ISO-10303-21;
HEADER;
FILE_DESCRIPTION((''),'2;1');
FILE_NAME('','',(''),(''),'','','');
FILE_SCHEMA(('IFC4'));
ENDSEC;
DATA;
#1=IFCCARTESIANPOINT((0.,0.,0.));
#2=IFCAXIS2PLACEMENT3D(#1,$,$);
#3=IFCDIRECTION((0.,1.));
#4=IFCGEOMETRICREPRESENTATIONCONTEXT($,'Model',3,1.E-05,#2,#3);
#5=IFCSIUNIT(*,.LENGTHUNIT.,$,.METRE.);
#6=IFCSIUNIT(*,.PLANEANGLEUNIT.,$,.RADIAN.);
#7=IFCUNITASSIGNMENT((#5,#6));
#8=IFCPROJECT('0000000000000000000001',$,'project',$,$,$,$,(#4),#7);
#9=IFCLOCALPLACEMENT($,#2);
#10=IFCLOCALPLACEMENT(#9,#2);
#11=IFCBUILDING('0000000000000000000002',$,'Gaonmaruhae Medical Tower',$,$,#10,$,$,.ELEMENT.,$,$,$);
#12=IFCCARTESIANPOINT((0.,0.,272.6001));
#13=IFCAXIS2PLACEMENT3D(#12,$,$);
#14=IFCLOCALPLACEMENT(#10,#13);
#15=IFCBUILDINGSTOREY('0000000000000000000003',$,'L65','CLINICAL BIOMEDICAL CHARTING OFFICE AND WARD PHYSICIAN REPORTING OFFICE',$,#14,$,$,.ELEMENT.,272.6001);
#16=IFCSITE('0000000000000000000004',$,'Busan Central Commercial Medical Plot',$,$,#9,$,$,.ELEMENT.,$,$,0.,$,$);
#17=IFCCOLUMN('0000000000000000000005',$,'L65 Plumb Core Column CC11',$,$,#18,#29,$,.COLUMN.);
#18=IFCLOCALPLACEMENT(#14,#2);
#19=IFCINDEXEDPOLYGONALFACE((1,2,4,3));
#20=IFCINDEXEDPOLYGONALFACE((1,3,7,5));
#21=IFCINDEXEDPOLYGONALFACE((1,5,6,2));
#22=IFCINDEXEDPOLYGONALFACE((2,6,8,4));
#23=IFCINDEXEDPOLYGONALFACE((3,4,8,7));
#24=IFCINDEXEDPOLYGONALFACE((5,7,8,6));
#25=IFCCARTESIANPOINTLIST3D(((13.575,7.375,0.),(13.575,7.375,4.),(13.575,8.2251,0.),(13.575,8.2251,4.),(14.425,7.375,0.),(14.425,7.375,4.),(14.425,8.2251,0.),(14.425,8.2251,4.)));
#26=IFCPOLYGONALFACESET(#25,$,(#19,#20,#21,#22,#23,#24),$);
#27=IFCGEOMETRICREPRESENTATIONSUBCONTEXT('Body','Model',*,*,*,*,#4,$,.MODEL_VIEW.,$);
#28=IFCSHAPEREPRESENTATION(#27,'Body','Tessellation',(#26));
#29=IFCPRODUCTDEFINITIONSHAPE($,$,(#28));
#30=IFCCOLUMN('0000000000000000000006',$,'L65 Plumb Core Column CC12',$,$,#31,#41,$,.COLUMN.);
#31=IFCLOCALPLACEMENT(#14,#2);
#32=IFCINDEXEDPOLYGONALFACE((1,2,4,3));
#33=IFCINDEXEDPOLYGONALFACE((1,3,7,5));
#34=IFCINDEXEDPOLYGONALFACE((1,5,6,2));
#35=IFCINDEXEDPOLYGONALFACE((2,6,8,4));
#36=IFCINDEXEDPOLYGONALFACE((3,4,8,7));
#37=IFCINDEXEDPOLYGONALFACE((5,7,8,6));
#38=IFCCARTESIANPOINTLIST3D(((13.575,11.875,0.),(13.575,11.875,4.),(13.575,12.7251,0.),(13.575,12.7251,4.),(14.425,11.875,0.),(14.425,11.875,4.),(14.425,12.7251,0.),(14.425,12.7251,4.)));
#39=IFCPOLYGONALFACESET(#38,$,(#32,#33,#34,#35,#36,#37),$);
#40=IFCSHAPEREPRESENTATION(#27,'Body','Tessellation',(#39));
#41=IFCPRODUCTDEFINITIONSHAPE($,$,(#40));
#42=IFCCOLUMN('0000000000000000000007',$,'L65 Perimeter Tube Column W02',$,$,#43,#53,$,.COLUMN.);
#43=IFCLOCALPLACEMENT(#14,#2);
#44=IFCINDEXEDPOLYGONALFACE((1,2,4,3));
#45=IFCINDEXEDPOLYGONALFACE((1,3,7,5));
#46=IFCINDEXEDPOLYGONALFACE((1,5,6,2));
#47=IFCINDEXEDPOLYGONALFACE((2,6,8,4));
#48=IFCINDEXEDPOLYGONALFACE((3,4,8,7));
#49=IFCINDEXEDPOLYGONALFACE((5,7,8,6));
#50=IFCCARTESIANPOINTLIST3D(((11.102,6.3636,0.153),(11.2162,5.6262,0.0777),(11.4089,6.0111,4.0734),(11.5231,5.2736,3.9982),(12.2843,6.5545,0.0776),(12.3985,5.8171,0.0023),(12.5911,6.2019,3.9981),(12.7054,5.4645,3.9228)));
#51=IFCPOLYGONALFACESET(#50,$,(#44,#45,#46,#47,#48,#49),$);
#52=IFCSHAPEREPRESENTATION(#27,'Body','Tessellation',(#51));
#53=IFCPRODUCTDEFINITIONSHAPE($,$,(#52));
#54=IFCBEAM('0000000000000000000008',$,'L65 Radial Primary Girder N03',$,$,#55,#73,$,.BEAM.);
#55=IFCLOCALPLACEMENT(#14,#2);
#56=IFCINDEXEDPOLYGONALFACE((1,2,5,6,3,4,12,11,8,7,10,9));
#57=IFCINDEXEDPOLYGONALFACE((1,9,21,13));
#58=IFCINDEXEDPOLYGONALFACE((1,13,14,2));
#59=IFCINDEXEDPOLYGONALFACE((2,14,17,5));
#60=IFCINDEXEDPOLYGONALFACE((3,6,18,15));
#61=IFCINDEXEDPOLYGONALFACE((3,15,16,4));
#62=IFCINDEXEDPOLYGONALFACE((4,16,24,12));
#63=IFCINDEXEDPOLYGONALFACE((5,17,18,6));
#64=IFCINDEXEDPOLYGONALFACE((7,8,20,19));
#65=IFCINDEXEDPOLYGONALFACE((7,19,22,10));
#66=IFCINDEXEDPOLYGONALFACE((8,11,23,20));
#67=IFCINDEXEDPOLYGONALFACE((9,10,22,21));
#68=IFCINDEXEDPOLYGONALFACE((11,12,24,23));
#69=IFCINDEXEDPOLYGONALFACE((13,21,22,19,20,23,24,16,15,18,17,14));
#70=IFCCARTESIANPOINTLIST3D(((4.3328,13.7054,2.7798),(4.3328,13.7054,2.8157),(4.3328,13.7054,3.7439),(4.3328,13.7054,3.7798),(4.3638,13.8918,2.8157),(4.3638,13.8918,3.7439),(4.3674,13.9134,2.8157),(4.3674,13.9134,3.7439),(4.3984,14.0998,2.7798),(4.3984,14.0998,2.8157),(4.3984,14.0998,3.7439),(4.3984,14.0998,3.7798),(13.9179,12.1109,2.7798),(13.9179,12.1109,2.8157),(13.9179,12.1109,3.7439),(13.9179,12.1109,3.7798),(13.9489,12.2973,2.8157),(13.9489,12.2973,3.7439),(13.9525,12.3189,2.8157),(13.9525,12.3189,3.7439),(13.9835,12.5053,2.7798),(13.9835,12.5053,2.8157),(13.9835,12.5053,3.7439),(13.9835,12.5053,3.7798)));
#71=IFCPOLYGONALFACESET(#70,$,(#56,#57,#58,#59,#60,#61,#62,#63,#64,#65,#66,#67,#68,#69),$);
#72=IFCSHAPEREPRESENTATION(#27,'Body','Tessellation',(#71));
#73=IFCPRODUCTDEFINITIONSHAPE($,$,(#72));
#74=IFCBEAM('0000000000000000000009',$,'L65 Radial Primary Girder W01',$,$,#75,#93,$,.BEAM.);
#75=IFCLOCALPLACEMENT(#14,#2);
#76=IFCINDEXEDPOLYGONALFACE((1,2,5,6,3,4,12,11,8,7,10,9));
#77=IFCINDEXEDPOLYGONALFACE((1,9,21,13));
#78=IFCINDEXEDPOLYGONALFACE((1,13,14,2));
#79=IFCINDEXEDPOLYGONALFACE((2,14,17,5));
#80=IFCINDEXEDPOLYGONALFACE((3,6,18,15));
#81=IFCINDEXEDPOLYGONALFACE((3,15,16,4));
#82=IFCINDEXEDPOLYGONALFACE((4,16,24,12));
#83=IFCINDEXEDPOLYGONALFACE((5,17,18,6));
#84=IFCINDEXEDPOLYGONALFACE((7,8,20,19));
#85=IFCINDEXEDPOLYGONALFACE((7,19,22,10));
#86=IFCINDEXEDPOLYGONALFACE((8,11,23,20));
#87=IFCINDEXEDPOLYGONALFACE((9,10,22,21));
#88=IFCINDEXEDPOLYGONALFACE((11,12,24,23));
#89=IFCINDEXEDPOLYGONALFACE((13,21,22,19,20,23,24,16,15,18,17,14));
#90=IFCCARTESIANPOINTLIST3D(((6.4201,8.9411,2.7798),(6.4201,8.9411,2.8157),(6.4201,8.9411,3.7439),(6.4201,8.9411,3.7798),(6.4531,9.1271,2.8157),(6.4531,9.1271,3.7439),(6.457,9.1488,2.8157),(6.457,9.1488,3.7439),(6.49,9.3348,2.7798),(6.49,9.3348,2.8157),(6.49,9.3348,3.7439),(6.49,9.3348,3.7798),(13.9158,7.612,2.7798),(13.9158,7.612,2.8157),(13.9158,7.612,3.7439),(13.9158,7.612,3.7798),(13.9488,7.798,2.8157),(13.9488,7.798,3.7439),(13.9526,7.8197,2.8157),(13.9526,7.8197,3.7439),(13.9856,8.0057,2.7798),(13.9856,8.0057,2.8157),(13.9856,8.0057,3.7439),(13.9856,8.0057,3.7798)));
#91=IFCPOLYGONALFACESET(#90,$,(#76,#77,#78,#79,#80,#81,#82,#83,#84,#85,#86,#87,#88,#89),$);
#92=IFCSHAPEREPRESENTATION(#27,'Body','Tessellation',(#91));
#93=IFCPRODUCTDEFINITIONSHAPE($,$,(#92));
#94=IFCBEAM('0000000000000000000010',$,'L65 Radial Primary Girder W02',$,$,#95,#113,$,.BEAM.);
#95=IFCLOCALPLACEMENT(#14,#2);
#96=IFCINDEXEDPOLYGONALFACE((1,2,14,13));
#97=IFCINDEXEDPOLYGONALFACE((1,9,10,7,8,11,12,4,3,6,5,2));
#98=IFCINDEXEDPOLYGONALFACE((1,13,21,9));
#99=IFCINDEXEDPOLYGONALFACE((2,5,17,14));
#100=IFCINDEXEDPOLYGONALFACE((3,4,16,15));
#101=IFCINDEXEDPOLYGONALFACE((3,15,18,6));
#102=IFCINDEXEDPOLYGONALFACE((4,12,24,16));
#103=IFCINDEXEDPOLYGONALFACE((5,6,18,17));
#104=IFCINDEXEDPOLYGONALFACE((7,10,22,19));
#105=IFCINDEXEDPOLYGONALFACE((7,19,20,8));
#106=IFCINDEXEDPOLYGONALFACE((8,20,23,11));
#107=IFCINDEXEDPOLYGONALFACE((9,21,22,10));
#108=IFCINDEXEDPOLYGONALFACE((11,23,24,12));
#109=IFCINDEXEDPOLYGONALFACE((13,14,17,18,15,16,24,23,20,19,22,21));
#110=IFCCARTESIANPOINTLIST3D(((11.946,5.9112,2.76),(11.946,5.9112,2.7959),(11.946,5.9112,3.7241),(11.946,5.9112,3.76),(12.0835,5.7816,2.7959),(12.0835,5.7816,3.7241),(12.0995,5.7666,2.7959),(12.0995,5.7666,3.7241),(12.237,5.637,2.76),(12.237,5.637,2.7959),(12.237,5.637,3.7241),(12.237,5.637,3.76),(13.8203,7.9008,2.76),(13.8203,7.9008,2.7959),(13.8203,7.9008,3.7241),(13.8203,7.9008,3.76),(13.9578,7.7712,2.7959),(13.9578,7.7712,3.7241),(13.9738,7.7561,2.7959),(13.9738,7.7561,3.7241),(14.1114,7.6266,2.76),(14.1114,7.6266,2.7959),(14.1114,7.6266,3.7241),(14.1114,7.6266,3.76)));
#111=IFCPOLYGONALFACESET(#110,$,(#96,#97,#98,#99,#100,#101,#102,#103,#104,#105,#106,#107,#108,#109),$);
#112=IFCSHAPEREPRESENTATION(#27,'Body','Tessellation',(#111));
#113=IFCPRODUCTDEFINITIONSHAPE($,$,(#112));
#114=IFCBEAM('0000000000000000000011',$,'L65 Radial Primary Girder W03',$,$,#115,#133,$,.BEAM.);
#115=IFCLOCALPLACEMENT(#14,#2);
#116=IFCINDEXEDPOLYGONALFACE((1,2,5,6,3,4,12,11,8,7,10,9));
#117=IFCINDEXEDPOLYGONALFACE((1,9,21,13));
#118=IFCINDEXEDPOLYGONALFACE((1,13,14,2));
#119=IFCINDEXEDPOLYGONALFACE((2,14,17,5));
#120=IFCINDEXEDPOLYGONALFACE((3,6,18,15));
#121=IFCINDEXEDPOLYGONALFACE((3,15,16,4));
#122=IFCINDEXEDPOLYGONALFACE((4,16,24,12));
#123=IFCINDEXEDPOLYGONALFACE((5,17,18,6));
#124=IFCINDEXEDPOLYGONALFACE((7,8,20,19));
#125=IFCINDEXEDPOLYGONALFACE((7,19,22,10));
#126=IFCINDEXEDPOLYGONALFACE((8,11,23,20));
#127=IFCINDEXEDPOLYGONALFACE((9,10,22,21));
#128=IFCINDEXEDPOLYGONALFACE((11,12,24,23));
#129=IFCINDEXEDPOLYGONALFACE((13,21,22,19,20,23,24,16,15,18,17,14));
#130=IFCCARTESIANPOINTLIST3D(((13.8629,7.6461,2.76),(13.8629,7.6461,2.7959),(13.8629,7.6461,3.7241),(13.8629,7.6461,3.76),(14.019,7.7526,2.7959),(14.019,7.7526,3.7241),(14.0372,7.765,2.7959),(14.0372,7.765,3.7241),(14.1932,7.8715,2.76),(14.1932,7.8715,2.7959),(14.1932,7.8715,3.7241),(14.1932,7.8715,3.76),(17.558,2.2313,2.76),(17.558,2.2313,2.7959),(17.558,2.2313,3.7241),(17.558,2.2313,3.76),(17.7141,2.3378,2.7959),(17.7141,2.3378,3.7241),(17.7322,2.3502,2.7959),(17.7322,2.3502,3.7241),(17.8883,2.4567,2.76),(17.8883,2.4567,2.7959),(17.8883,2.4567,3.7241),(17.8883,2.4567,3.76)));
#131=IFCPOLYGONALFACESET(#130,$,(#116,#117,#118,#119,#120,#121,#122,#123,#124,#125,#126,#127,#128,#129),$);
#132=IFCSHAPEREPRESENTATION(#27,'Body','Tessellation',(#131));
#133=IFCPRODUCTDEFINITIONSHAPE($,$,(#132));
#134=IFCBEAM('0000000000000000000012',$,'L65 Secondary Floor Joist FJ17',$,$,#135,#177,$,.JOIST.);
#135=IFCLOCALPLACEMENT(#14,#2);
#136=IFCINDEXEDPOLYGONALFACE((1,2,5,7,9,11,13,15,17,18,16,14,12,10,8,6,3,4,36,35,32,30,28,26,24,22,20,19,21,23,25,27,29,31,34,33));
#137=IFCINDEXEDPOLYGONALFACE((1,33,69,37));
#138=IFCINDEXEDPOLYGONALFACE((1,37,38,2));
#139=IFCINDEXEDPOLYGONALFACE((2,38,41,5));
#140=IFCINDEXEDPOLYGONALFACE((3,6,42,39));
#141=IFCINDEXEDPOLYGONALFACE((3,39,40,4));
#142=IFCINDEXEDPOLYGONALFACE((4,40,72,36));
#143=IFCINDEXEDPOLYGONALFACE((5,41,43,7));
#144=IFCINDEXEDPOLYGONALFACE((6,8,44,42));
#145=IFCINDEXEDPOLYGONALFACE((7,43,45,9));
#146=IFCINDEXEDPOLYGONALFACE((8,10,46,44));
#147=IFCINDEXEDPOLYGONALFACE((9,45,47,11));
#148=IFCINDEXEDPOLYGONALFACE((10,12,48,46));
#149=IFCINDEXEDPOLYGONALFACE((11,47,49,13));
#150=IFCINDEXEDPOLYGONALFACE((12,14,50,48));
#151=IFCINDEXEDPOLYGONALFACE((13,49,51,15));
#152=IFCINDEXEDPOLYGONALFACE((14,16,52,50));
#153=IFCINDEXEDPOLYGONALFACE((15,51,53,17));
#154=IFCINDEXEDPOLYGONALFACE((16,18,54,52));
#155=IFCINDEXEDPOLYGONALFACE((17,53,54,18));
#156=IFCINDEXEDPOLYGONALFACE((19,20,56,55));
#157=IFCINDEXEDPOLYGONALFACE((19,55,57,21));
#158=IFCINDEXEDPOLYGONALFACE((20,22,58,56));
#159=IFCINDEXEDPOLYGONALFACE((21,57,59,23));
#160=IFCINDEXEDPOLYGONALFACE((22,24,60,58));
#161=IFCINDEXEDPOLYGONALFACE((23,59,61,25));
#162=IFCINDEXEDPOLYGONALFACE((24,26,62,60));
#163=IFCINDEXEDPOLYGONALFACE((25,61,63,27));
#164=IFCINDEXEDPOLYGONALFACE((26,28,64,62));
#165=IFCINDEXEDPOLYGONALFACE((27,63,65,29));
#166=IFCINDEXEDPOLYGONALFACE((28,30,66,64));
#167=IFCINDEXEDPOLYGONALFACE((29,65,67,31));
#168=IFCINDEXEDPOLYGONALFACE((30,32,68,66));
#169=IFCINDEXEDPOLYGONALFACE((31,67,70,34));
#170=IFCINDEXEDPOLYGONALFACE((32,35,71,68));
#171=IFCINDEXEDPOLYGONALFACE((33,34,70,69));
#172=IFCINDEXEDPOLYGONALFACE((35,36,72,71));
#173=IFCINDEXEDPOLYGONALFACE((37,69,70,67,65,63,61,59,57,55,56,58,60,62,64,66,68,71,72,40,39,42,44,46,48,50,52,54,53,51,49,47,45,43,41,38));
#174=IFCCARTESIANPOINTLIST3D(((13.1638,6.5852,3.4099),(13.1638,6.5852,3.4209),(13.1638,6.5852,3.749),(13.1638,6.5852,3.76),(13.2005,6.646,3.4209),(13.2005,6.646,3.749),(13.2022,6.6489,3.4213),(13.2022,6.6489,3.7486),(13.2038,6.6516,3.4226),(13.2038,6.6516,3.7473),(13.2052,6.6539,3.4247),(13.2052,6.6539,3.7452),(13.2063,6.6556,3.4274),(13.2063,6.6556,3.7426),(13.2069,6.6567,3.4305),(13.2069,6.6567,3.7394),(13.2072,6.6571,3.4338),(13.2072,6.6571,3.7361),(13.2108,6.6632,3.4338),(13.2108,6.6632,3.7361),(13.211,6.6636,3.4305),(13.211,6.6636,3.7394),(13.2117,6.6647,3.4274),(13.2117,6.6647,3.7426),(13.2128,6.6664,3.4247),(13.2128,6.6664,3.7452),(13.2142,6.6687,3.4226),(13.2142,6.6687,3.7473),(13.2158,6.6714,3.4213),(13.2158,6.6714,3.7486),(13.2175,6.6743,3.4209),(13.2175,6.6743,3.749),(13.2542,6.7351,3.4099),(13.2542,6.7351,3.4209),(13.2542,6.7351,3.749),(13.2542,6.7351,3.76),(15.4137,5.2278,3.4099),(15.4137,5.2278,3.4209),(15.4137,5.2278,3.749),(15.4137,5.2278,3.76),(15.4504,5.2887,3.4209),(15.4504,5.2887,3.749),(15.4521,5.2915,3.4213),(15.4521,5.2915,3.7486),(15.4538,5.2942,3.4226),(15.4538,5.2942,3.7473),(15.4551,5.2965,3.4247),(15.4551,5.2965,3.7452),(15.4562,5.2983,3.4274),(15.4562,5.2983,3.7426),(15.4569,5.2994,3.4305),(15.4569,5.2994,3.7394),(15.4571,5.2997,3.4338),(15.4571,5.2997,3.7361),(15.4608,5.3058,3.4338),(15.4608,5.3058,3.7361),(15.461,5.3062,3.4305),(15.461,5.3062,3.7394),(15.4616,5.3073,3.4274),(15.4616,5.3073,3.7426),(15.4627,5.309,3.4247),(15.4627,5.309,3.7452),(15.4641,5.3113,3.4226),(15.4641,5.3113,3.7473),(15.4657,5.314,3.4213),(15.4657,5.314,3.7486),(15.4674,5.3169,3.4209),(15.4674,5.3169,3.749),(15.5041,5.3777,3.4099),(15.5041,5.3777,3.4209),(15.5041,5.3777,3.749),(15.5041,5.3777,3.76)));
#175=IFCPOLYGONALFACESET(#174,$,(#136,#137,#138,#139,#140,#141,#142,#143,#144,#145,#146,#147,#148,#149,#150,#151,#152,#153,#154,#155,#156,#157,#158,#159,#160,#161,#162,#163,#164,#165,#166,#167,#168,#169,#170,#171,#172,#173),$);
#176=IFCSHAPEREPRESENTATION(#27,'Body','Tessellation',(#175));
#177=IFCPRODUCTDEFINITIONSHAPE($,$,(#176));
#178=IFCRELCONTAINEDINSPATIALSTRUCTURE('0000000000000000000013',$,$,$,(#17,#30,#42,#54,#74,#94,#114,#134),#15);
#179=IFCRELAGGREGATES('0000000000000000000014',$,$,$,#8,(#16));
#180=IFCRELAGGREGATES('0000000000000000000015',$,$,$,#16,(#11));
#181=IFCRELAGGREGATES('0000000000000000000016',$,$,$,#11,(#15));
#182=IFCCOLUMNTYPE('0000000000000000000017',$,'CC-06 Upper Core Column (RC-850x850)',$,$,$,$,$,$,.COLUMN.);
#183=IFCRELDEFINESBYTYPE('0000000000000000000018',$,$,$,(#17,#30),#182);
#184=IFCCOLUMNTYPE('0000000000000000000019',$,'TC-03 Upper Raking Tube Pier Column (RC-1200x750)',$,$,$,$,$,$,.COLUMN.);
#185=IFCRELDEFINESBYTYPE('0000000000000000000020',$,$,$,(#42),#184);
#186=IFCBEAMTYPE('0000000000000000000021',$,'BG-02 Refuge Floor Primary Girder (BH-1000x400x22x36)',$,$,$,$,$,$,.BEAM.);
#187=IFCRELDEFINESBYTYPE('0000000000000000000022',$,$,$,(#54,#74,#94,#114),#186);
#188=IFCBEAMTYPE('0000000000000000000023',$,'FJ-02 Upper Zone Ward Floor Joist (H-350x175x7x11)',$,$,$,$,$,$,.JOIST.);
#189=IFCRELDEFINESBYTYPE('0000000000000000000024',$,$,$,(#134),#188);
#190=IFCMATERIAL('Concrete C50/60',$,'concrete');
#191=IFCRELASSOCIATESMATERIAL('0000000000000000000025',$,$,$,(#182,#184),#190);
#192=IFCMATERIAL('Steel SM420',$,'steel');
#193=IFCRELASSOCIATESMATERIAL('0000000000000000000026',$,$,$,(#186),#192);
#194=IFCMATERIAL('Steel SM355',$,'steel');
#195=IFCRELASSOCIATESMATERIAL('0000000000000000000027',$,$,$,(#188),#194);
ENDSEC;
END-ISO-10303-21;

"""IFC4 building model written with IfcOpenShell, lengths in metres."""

from ifc_helpers import new_model, si_unit, direction, frame, origin, origin_2d, place, context, subcontext, project, spatial, rectangle, i_section, extrude, material, material_profile, profile_set, type_object, element, save


model = new_model("IFC4")

# Units and contexts
model_context = context("Model", 3, precision=1e-05, world=origin(), true_north=direction((0.0, 1.0)))
body_context = subcontext(model_context, "Body", "Model", "MODEL_VIEW")
ifc_project = project(units=[si_unit("LENGTHUNIT", "METRE"), si_unit("PLANEANGLEUNIT", "RADIAN")], contexts=[model_context])

# Site, building, storey
site_placement = place(None, origin())
site = spatial("IfcSite", under=ifc_project, at=site_placement, Name="Busan Central Commercial Medical Plot", CompositionType="ELEMENT", RefElevation=0.0)
building_placement = place(site_placement, origin())
building = spatial("IfcBuilding", under=site, at=building_placement, Name="Gaonmaruhae Medical Tower", CompositionType="ELEMENT")
storey_placement = place(building_placement, frame((0.0, 0.0, 272.6001)))
storey = spatial("IfcBuildingStorey", under=building, at=storey_placement, Name="L65", Description="CLINICAL BIOMEDICAL CHARTING OFFICE AND WARD PHYSICIAN REPORTING OFFICE", CompositionType="ELEMENT", Elevation=272.6001)

# Columns
ifc_material_1 = material(Name="Concrete C50/60", Category="concrete")
ifc_material_profile_1 = material_profile(ifc_material_1, rectangle(XDim=0.8501, YDim=0.8501, at=origin_2d()), Name="RC-850x850")
ifc_profile_set_1 = profile_set([ifc_material_profile_1], Name="Concrete C50/60")
column_type_1 = type_object("IfcColumnType", Name="CC-06 Upper Core Column (RC-850x850)", PredefinedType="COLUMN", material=ifc_profile_set_1)
for number, where, z_axis, x_axis, name in (
    (1, (14.0, 7.8, 0.0), (0.0, 0.0, 1.0), (1.0, 0.0, 0.0), "L65 Plumb Core Column CC11"),
    (2, (14.0, 12.3, 0.0), (0.0, 0.0, 1.0), (1.0, 0.0, 0.0), "L65 Plumb Core Column CC12"),
):
    element("IfcColumn", number, at=place(storey_placement, frame(where, z_axis=z_axis, x_axis=x_axis)), inside=storey, type_object=column_type_1, Name=name, PredefinedType="COLUMN", context=body_context, shape_type="SweptSolid", body=[
        extrude(rectangle(XDim=0.8501, YDim=0.8501, at=origin_2d()), origin(), (0.0, 0.0, 1.0), 4.0),
    ])
ifc_material_profile_2 = material_profile(ifc_material_1, rectangle(XDim=1.2, YDim=0.75, at=origin_2d()), Name="RC-1200x750")
ifc_profile_set_2 = profile_set([ifc_material_profile_2], Name="Concrete C50/60")
column_type_2 = type_object("IfcColumnType", Name="TC-03 Upper Raking Tube Pier Column (RC-1200x750)", PredefinedType="COLUMN", material=ifc_profile_set_2)
column_placement = place(storey_placement, frame((11.7502, 6.0903, 0.0776), z_axis=(0.077728, -0.089292, 0.992968), x_axis=(-0.985267, -0.159069, 0.062821)))
element("IfcColumn", 3, at=column_placement, inside=storey, type_object=column_type_2, Name="L65 Perimeter Tube Column W02", PredefinedType="COLUMN", context=body_context, shape_type="SweptSolid", body=[
    extrude(rectangle(XDim=1.2, YDim=0.75, at=origin_2d()), origin(), (0.0, 0.0, 1.0), 3.9482),
])

# Beams
ifc_material_2 = material(Name="Steel SM420", Category="steel")
ifc_material_profile_3 = material_profile(ifc_material_2, i_section(OverallWidth=0.3999, OverallDepth=1.0, WebThickness=0.022, FlangeThickness=0.0359, at=origin_2d()), Name="BH-1000x400x22x36")
ifc_profile_set_3 = profile_set([ifc_material_profile_3], Name="Steel SM420")
beam_type_1 = type_object("IfcBeamType", Name="BG-02 Refuge Floor Primary Girder (BH-1000x400x22x36)", PredefinedType="BEAM", material=ifc_profile_set_3)
beam_1_placement = place(storey_placement, frame((13.9507, 12.3081, 3.2798), z_axis=(-0.986444, 0.164097, 0.0), x_axis=(-0.164097, -0.986444, 0.0)))
element("IfcBeam", 4, at=beam_1_placement, inside=storey, type_object=beam_type_1, Name="L65 Radial Primary Girder N03", PredefinedType="BEAM", context=body_context, shape_type="SweptSolid", body=[
    extrude(i_section(OverallWidth=0.3999, OverallDepth=1.0, WebThickness=0.022, FlangeThickness=0.0359, at=origin_2d()), origin(), (0.0, 0.0, 1.0), 9.7168),
])
beam_2_placement = place(storey_placement, frame((13.9507, 7.8088, 3.2798), z_axis=(-0.984641, 0.174594, 0.0), x_axis=(-0.174594, -0.984641, 0.0)))
element("IfcBeam", 5, at=beam_2_placement, inside=storey, type_object=beam_type_1, Name="L65 Radial Primary Girder W01", PredefinedType="BEAM", context=body_context, shape_type="SweptSolid", body=[
    extrude(i_section(OverallWidth=0.3999, OverallDepth=1.0, WebThickness=0.022, FlangeThickness=0.0359, at=origin_2d()), origin(), (0.0, 0.0, 1.0), 7.6125),
])
beam_3_placement = place(storey_placement, frame((13.9658, 7.7637, 3.26), z_axis=(-0.685713, -0.727872, 0.0), x_axis=(0.727872, -0.685713, 0.0)))
element("IfcBeam", 6, at=beam_3_placement, inside=storey, type_object=beam_type_1, Name="L65 Radial Primary Girder W02", PredefinedType="BEAM", context=body_context, shape_type="SweptSolid", body=[
    extrude(i_section(OverallWidth=0.3999, OverallDepth=1.0, WebThickness=0.022, FlangeThickness=0.0359, at=origin_2d()), origin(), (0.0, 0.0, 1.0), 2.7334),
])
beam_4_placement = place(storey_placement, frame((14.0281, 7.7588, 3.26), z_axis=(0.563666, -0.826003, 0.0), x_axis=(0.826003, 0.563666, 0.0)))
element("IfcBeam", 7, at=beam_4_placement, inside=storey, type_object=beam_type_1, Name="L65 Radial Primary Girder W03", PredefinedType="BEAM", context=body_context, shape_type="SweptSolid", body=[
    extrude(i_section(OverallWidth=0.3999, OverallDepth=1.0, WebThickness=0.022, FlangeThickness=0.0359, at=origin_2d()), origin(), (0.0, 0.0, 1.0), 6.5554),
])
ifc_material_3 = material(Name="Steel SM355", Category="steel")
ifc_material_profile_4 = material_profile(ifc_material_3, i_section(OverallWidth=0.175, OverallDepth=0.3501, WebThickness=0.0071, FlangeThickness=0.011, FilletRadius=0.0129, at=origin_2d()), Name="H-350x175x7x11")
ifc_profile_set_4 = profile_set([ifc_material_profile_4], Name="Steel SM355")
beam_type_2 = type_object("IfcBeamType", Name="FJ-02 Upper Zone Ward Floor Joist (H-350x175x7x11)", PredefinedType="JOIST", material=ifc_profile_set_4)
beam_5_placement = place(storey_placement, frame((13.209, 6.6602, 3.585), z_axis=(0.856244, -0.516571, 0.0), x_axis=(0.516571, 0.856244, 0.0)))
element("IfcBeam", 8, at=beam_5_placement, inside=storey, type_object=beam_type_2, Name="L65 Secondary Floor Joist FJ17", PredefinedType="JOIST", context=body_context, shape_type="SweptSolid", body=[
    extrude(i_section(OverallWidth=0.175, OverallDepth=0.3501, WebThickness=0.0071, FlangeThickness=0.011, FilletRadius=0.0129, at=origin_2d()), origin(), (0.0, 0.0, 1.0), 2.6277),
])

save(model, "model.ifc")
